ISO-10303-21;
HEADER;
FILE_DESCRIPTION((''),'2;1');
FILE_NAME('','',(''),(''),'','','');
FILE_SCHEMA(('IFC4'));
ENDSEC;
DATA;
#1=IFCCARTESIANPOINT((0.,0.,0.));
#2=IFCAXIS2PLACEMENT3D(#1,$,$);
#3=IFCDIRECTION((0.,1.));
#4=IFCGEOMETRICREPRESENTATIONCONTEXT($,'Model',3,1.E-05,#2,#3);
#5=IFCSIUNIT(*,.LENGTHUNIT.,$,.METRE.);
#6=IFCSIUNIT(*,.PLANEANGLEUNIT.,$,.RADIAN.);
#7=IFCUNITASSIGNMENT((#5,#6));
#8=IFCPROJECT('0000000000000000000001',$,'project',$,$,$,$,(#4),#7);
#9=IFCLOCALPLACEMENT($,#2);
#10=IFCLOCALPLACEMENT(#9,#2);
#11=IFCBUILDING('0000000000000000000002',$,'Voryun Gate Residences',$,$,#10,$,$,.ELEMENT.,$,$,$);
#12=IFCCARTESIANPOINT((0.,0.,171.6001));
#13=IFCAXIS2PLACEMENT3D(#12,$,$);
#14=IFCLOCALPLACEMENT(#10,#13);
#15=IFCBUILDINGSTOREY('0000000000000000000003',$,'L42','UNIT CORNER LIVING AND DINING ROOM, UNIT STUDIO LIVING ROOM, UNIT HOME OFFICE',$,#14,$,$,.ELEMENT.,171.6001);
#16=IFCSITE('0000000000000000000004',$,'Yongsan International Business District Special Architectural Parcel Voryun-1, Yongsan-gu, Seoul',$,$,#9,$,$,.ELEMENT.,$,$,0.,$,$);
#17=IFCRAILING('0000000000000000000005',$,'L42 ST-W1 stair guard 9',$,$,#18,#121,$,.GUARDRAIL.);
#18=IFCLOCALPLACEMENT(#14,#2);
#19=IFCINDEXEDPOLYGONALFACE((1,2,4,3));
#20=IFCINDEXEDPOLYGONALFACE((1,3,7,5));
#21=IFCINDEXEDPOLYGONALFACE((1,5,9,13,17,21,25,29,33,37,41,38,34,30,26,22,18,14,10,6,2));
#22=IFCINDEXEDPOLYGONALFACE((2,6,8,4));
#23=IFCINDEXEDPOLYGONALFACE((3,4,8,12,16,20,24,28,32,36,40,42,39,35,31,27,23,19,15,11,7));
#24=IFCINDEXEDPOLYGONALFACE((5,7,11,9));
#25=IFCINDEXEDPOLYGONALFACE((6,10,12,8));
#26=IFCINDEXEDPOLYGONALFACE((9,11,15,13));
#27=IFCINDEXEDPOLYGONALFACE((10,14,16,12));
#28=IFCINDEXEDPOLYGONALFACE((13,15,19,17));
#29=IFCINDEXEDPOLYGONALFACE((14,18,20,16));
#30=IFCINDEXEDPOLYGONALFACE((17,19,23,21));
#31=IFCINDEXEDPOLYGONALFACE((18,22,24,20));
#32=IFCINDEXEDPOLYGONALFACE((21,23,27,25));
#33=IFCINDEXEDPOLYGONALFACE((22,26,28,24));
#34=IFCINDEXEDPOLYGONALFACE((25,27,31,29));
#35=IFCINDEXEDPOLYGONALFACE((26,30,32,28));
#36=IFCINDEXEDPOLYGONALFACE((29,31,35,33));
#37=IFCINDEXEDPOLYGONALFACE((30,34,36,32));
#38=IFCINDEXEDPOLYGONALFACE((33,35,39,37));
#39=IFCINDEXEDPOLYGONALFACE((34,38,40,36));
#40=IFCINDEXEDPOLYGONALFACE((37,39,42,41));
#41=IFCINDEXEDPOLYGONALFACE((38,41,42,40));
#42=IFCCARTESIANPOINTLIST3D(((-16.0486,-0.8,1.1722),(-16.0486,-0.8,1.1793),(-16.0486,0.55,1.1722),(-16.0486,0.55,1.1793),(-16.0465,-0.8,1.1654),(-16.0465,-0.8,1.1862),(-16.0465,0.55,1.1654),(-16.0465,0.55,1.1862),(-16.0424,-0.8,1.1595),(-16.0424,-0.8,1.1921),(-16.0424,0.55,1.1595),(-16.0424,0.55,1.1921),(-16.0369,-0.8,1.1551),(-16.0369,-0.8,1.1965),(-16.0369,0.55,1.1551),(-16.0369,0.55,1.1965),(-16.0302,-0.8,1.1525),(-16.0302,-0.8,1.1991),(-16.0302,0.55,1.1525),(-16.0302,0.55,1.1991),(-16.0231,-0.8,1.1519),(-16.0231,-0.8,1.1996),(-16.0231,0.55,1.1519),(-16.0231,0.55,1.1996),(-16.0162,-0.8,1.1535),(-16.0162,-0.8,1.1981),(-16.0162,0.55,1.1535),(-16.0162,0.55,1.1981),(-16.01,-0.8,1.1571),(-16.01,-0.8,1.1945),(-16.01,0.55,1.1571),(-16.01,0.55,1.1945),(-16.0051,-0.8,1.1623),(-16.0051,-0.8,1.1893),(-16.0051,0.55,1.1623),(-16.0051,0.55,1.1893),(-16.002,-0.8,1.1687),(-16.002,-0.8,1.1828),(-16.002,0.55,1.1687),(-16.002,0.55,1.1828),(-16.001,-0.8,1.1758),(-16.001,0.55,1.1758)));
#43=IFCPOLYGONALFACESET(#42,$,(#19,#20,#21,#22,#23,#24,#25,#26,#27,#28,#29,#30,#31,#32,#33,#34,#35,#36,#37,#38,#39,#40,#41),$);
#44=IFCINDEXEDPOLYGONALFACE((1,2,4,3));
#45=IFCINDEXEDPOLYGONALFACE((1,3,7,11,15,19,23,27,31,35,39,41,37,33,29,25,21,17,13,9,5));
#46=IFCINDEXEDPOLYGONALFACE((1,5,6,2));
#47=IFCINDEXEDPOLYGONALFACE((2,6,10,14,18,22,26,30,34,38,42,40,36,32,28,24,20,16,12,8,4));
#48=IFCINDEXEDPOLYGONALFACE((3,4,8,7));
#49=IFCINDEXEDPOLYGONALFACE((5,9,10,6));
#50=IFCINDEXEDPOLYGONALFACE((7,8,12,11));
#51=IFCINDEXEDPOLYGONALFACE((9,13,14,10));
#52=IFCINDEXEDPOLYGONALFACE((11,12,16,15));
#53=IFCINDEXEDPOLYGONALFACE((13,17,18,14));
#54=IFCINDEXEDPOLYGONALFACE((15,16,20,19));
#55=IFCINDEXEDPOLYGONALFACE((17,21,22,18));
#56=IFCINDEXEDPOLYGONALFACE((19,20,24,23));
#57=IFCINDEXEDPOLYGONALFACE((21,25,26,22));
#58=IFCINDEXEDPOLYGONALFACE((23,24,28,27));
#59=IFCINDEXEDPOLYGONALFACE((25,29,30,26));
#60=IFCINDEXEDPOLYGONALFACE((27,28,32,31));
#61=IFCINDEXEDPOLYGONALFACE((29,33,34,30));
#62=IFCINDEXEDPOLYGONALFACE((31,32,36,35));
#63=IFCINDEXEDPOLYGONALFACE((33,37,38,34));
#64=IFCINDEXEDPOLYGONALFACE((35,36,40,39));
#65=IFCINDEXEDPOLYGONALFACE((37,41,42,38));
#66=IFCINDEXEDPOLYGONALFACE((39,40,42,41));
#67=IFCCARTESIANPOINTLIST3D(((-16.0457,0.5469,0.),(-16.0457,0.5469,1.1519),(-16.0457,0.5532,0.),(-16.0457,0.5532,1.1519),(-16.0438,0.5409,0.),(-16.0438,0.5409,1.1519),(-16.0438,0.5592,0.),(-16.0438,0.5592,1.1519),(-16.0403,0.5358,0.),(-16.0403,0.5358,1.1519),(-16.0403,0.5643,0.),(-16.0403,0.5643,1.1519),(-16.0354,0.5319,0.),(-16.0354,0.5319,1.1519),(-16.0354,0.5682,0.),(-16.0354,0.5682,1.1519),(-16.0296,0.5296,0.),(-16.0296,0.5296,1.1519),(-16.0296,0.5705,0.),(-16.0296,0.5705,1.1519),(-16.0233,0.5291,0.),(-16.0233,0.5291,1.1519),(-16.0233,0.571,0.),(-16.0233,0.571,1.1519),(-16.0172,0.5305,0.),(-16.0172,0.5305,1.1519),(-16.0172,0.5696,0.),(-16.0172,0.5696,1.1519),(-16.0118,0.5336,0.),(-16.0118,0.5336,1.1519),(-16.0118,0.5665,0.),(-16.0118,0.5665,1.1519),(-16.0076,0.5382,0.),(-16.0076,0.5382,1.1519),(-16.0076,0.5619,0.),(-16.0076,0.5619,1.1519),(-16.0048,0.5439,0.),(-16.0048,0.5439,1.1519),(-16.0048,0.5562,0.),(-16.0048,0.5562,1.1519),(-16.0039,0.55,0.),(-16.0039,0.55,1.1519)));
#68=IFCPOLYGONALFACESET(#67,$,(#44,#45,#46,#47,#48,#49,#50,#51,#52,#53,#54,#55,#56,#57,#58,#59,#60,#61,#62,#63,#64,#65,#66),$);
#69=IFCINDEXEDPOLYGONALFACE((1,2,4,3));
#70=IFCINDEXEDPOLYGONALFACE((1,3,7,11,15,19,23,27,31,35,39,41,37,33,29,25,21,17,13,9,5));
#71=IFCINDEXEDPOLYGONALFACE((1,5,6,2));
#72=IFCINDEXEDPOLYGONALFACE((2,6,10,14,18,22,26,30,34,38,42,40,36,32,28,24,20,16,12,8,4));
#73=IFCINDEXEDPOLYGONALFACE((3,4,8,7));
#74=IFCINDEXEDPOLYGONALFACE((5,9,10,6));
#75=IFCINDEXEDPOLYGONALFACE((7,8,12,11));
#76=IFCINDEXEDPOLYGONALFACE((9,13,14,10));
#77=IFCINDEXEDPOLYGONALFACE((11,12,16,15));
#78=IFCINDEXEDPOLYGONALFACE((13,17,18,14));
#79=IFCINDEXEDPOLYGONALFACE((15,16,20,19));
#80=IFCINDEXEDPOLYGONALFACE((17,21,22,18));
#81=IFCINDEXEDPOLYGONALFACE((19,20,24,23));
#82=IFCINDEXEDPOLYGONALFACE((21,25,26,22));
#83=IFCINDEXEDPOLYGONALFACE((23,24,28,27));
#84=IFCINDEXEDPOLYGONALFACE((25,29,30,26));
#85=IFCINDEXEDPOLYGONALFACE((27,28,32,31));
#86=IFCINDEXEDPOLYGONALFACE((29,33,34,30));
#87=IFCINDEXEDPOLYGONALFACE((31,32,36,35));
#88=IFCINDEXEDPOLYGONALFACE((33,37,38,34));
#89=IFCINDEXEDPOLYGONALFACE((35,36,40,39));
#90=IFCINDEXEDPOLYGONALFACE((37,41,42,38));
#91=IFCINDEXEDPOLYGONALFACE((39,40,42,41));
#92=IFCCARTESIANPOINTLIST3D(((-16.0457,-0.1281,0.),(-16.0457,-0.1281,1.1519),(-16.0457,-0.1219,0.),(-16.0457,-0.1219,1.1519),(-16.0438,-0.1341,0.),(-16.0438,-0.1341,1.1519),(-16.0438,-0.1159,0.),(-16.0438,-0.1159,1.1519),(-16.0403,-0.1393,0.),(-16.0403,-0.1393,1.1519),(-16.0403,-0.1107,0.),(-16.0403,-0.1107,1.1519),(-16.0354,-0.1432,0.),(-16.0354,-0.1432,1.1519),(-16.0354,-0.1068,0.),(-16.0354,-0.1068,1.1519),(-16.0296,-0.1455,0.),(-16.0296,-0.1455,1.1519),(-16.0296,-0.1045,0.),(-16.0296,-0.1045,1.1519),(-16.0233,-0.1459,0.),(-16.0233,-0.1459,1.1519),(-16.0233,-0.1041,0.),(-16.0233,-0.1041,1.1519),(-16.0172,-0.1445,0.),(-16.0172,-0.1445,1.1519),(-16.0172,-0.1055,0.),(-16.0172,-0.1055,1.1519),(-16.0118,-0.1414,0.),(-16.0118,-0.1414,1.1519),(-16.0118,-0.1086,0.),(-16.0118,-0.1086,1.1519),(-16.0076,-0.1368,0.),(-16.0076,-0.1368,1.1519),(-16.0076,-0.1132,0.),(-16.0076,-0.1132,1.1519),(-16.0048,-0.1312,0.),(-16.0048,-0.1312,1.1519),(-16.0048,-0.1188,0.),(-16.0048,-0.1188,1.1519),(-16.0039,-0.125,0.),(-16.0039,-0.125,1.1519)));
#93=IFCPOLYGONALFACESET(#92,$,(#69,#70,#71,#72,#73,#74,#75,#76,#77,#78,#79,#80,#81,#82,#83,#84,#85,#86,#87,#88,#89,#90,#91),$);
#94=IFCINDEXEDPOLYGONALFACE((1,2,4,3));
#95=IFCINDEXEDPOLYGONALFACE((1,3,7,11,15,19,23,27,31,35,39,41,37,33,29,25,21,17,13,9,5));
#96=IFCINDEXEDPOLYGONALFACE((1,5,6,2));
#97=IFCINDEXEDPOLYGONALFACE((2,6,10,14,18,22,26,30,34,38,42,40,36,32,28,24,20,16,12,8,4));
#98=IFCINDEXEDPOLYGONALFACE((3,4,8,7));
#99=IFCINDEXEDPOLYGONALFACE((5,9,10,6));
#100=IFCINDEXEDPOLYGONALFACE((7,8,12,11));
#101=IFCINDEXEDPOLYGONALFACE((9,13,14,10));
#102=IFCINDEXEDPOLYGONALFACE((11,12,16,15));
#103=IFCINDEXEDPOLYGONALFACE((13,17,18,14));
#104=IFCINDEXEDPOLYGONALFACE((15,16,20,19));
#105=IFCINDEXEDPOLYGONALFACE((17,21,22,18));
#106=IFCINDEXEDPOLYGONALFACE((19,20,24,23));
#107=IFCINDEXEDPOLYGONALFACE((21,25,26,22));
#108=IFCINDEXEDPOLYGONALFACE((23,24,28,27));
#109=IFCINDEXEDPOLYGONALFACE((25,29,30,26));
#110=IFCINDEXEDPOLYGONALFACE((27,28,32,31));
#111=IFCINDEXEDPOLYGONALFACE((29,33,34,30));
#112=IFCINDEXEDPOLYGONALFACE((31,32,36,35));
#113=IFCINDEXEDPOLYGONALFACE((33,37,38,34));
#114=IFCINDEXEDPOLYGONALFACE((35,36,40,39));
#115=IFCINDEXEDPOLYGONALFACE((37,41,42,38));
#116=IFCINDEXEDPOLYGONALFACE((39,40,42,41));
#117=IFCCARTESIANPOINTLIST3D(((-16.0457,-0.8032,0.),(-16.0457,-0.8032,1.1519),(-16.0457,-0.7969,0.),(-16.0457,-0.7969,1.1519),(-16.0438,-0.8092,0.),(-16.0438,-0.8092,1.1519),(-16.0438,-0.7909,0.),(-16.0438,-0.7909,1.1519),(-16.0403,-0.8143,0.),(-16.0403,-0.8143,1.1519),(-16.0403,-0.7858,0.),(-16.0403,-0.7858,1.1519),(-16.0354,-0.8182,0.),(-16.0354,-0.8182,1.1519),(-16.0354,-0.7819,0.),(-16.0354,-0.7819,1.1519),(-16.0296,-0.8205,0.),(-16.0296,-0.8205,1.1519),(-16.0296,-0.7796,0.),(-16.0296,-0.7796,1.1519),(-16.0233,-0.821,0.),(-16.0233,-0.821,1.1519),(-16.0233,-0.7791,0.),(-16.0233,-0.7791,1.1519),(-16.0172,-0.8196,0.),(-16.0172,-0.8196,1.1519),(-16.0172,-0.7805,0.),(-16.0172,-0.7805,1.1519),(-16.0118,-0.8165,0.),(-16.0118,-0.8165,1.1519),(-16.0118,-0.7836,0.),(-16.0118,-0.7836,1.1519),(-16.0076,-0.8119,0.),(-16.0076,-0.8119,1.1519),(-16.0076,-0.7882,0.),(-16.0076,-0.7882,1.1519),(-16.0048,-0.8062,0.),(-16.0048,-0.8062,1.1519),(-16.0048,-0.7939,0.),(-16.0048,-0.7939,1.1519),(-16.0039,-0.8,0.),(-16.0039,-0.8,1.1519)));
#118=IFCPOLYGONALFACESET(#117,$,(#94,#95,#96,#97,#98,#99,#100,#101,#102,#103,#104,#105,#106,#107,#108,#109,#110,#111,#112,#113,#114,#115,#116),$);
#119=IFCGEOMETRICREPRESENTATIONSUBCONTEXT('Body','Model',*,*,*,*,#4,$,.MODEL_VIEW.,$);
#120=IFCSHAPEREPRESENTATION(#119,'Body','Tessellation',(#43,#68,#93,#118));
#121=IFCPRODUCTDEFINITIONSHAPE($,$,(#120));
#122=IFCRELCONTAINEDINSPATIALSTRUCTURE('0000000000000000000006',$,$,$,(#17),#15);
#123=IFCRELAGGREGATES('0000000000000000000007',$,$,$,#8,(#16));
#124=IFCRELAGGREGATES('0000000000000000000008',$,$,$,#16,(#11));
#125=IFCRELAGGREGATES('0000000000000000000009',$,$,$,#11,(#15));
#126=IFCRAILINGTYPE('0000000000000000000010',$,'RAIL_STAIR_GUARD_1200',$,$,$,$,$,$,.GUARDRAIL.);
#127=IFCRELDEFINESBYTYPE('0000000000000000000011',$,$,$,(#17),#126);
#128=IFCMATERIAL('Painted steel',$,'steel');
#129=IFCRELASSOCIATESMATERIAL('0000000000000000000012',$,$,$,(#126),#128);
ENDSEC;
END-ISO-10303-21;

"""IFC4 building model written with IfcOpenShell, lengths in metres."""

from ifc_helpers import new_model, si_unit, direction, frame, origin, origin_2d, place, context, subcontext, project, spatial, circle, extrude, material, type_object, element, save


model = new_model("IFC4")

# Units and contexts
model_context = context("Model", 3, precision=1e-05, world=origin(), true_north=direction((0.0, 1.0)))
body_context = subcontext(model_context, "Body", "Model", "MODEL_VIEW")
ifc_project = project(units=[si_unit("LENGTHUNIT", "METRE"), si_unit("PLANEANGLEUNIT", "RADIAN")], contexts=[model_context])

# Site, building, storey
site_placement = place(None, origin())
site = spatial("IfcSite", under=ifc_project, at=site_placement, Name="Yongsan International Business District Special Architectural Parcel Voryun-1, Yongsan-gu, Seoul", CompositionType="ELEMENT", RefElevation=0.0)
building_placement = place(site_placement, origin())
building = spatial("IfcBuilding", under=site, at=building_placement, Name="Voryun Gate Residences", CompositionType="ELEMENT")
storey_placement = place(building_placement, frame((0.0, 0.0, 171.6001)))
storey = spatial("IfcBuildingStorey", under=building, at=storey_placement, Name="L42", Description="UNIT CORNER LIVING AND DINING ROOM, UNIT STUDIO LIVING ROOM, UNIT HOME OFFICE", CompositionType="ELEMENT", Elevation=171.6001)

# Railing
ifc_material_1 = material(Name="Painted steel", Category="steel")
railing_type = type_object("IfcRailingType", Name="RAIL_STAIR_GUARD_1200", PredefinedType="GUARDRAIL", material=ifc_material_1)
railing_1_placement = place(storey_placement, frame((-16.0249, 0.55, 0.0)))
element("IfcRailing", 1, at=railing_1_placement, inside=storey, type_object=railing_type, Name="L42 ST-W1 stair guard 9", PredefinedType="GUARDRAIL", context=body_context, shape_type="SweptSolid", body=[
    extrude(circle(Radius=0.0239, at=origin_2d()), frame((0.0, 0.0, 1.1758), z_axis=(0.0, -1.0, 0.0), x_axis=(1.0, 0.0, 0.0)), (0.0, 0.0, 1.0), 1.3501),
    extrude(circle(Radius=0.021, at=origin_2d()), origin(), (0.0, 0.0, 1.0), 1.1519),
    extrude(circle(Radius=0.021, at=origin_2d()), frame((0.0, -0.675, 0.0)), (0.0, 0.0, 1.0), 1.1519),
    extrude(circle(Radius=0.021, at=origin_2d()), frame((0.0, -1.3501, 0.0)), (0.0, 0.0, 1.0), 1.1519),
])

save(model, "model.ifc")
